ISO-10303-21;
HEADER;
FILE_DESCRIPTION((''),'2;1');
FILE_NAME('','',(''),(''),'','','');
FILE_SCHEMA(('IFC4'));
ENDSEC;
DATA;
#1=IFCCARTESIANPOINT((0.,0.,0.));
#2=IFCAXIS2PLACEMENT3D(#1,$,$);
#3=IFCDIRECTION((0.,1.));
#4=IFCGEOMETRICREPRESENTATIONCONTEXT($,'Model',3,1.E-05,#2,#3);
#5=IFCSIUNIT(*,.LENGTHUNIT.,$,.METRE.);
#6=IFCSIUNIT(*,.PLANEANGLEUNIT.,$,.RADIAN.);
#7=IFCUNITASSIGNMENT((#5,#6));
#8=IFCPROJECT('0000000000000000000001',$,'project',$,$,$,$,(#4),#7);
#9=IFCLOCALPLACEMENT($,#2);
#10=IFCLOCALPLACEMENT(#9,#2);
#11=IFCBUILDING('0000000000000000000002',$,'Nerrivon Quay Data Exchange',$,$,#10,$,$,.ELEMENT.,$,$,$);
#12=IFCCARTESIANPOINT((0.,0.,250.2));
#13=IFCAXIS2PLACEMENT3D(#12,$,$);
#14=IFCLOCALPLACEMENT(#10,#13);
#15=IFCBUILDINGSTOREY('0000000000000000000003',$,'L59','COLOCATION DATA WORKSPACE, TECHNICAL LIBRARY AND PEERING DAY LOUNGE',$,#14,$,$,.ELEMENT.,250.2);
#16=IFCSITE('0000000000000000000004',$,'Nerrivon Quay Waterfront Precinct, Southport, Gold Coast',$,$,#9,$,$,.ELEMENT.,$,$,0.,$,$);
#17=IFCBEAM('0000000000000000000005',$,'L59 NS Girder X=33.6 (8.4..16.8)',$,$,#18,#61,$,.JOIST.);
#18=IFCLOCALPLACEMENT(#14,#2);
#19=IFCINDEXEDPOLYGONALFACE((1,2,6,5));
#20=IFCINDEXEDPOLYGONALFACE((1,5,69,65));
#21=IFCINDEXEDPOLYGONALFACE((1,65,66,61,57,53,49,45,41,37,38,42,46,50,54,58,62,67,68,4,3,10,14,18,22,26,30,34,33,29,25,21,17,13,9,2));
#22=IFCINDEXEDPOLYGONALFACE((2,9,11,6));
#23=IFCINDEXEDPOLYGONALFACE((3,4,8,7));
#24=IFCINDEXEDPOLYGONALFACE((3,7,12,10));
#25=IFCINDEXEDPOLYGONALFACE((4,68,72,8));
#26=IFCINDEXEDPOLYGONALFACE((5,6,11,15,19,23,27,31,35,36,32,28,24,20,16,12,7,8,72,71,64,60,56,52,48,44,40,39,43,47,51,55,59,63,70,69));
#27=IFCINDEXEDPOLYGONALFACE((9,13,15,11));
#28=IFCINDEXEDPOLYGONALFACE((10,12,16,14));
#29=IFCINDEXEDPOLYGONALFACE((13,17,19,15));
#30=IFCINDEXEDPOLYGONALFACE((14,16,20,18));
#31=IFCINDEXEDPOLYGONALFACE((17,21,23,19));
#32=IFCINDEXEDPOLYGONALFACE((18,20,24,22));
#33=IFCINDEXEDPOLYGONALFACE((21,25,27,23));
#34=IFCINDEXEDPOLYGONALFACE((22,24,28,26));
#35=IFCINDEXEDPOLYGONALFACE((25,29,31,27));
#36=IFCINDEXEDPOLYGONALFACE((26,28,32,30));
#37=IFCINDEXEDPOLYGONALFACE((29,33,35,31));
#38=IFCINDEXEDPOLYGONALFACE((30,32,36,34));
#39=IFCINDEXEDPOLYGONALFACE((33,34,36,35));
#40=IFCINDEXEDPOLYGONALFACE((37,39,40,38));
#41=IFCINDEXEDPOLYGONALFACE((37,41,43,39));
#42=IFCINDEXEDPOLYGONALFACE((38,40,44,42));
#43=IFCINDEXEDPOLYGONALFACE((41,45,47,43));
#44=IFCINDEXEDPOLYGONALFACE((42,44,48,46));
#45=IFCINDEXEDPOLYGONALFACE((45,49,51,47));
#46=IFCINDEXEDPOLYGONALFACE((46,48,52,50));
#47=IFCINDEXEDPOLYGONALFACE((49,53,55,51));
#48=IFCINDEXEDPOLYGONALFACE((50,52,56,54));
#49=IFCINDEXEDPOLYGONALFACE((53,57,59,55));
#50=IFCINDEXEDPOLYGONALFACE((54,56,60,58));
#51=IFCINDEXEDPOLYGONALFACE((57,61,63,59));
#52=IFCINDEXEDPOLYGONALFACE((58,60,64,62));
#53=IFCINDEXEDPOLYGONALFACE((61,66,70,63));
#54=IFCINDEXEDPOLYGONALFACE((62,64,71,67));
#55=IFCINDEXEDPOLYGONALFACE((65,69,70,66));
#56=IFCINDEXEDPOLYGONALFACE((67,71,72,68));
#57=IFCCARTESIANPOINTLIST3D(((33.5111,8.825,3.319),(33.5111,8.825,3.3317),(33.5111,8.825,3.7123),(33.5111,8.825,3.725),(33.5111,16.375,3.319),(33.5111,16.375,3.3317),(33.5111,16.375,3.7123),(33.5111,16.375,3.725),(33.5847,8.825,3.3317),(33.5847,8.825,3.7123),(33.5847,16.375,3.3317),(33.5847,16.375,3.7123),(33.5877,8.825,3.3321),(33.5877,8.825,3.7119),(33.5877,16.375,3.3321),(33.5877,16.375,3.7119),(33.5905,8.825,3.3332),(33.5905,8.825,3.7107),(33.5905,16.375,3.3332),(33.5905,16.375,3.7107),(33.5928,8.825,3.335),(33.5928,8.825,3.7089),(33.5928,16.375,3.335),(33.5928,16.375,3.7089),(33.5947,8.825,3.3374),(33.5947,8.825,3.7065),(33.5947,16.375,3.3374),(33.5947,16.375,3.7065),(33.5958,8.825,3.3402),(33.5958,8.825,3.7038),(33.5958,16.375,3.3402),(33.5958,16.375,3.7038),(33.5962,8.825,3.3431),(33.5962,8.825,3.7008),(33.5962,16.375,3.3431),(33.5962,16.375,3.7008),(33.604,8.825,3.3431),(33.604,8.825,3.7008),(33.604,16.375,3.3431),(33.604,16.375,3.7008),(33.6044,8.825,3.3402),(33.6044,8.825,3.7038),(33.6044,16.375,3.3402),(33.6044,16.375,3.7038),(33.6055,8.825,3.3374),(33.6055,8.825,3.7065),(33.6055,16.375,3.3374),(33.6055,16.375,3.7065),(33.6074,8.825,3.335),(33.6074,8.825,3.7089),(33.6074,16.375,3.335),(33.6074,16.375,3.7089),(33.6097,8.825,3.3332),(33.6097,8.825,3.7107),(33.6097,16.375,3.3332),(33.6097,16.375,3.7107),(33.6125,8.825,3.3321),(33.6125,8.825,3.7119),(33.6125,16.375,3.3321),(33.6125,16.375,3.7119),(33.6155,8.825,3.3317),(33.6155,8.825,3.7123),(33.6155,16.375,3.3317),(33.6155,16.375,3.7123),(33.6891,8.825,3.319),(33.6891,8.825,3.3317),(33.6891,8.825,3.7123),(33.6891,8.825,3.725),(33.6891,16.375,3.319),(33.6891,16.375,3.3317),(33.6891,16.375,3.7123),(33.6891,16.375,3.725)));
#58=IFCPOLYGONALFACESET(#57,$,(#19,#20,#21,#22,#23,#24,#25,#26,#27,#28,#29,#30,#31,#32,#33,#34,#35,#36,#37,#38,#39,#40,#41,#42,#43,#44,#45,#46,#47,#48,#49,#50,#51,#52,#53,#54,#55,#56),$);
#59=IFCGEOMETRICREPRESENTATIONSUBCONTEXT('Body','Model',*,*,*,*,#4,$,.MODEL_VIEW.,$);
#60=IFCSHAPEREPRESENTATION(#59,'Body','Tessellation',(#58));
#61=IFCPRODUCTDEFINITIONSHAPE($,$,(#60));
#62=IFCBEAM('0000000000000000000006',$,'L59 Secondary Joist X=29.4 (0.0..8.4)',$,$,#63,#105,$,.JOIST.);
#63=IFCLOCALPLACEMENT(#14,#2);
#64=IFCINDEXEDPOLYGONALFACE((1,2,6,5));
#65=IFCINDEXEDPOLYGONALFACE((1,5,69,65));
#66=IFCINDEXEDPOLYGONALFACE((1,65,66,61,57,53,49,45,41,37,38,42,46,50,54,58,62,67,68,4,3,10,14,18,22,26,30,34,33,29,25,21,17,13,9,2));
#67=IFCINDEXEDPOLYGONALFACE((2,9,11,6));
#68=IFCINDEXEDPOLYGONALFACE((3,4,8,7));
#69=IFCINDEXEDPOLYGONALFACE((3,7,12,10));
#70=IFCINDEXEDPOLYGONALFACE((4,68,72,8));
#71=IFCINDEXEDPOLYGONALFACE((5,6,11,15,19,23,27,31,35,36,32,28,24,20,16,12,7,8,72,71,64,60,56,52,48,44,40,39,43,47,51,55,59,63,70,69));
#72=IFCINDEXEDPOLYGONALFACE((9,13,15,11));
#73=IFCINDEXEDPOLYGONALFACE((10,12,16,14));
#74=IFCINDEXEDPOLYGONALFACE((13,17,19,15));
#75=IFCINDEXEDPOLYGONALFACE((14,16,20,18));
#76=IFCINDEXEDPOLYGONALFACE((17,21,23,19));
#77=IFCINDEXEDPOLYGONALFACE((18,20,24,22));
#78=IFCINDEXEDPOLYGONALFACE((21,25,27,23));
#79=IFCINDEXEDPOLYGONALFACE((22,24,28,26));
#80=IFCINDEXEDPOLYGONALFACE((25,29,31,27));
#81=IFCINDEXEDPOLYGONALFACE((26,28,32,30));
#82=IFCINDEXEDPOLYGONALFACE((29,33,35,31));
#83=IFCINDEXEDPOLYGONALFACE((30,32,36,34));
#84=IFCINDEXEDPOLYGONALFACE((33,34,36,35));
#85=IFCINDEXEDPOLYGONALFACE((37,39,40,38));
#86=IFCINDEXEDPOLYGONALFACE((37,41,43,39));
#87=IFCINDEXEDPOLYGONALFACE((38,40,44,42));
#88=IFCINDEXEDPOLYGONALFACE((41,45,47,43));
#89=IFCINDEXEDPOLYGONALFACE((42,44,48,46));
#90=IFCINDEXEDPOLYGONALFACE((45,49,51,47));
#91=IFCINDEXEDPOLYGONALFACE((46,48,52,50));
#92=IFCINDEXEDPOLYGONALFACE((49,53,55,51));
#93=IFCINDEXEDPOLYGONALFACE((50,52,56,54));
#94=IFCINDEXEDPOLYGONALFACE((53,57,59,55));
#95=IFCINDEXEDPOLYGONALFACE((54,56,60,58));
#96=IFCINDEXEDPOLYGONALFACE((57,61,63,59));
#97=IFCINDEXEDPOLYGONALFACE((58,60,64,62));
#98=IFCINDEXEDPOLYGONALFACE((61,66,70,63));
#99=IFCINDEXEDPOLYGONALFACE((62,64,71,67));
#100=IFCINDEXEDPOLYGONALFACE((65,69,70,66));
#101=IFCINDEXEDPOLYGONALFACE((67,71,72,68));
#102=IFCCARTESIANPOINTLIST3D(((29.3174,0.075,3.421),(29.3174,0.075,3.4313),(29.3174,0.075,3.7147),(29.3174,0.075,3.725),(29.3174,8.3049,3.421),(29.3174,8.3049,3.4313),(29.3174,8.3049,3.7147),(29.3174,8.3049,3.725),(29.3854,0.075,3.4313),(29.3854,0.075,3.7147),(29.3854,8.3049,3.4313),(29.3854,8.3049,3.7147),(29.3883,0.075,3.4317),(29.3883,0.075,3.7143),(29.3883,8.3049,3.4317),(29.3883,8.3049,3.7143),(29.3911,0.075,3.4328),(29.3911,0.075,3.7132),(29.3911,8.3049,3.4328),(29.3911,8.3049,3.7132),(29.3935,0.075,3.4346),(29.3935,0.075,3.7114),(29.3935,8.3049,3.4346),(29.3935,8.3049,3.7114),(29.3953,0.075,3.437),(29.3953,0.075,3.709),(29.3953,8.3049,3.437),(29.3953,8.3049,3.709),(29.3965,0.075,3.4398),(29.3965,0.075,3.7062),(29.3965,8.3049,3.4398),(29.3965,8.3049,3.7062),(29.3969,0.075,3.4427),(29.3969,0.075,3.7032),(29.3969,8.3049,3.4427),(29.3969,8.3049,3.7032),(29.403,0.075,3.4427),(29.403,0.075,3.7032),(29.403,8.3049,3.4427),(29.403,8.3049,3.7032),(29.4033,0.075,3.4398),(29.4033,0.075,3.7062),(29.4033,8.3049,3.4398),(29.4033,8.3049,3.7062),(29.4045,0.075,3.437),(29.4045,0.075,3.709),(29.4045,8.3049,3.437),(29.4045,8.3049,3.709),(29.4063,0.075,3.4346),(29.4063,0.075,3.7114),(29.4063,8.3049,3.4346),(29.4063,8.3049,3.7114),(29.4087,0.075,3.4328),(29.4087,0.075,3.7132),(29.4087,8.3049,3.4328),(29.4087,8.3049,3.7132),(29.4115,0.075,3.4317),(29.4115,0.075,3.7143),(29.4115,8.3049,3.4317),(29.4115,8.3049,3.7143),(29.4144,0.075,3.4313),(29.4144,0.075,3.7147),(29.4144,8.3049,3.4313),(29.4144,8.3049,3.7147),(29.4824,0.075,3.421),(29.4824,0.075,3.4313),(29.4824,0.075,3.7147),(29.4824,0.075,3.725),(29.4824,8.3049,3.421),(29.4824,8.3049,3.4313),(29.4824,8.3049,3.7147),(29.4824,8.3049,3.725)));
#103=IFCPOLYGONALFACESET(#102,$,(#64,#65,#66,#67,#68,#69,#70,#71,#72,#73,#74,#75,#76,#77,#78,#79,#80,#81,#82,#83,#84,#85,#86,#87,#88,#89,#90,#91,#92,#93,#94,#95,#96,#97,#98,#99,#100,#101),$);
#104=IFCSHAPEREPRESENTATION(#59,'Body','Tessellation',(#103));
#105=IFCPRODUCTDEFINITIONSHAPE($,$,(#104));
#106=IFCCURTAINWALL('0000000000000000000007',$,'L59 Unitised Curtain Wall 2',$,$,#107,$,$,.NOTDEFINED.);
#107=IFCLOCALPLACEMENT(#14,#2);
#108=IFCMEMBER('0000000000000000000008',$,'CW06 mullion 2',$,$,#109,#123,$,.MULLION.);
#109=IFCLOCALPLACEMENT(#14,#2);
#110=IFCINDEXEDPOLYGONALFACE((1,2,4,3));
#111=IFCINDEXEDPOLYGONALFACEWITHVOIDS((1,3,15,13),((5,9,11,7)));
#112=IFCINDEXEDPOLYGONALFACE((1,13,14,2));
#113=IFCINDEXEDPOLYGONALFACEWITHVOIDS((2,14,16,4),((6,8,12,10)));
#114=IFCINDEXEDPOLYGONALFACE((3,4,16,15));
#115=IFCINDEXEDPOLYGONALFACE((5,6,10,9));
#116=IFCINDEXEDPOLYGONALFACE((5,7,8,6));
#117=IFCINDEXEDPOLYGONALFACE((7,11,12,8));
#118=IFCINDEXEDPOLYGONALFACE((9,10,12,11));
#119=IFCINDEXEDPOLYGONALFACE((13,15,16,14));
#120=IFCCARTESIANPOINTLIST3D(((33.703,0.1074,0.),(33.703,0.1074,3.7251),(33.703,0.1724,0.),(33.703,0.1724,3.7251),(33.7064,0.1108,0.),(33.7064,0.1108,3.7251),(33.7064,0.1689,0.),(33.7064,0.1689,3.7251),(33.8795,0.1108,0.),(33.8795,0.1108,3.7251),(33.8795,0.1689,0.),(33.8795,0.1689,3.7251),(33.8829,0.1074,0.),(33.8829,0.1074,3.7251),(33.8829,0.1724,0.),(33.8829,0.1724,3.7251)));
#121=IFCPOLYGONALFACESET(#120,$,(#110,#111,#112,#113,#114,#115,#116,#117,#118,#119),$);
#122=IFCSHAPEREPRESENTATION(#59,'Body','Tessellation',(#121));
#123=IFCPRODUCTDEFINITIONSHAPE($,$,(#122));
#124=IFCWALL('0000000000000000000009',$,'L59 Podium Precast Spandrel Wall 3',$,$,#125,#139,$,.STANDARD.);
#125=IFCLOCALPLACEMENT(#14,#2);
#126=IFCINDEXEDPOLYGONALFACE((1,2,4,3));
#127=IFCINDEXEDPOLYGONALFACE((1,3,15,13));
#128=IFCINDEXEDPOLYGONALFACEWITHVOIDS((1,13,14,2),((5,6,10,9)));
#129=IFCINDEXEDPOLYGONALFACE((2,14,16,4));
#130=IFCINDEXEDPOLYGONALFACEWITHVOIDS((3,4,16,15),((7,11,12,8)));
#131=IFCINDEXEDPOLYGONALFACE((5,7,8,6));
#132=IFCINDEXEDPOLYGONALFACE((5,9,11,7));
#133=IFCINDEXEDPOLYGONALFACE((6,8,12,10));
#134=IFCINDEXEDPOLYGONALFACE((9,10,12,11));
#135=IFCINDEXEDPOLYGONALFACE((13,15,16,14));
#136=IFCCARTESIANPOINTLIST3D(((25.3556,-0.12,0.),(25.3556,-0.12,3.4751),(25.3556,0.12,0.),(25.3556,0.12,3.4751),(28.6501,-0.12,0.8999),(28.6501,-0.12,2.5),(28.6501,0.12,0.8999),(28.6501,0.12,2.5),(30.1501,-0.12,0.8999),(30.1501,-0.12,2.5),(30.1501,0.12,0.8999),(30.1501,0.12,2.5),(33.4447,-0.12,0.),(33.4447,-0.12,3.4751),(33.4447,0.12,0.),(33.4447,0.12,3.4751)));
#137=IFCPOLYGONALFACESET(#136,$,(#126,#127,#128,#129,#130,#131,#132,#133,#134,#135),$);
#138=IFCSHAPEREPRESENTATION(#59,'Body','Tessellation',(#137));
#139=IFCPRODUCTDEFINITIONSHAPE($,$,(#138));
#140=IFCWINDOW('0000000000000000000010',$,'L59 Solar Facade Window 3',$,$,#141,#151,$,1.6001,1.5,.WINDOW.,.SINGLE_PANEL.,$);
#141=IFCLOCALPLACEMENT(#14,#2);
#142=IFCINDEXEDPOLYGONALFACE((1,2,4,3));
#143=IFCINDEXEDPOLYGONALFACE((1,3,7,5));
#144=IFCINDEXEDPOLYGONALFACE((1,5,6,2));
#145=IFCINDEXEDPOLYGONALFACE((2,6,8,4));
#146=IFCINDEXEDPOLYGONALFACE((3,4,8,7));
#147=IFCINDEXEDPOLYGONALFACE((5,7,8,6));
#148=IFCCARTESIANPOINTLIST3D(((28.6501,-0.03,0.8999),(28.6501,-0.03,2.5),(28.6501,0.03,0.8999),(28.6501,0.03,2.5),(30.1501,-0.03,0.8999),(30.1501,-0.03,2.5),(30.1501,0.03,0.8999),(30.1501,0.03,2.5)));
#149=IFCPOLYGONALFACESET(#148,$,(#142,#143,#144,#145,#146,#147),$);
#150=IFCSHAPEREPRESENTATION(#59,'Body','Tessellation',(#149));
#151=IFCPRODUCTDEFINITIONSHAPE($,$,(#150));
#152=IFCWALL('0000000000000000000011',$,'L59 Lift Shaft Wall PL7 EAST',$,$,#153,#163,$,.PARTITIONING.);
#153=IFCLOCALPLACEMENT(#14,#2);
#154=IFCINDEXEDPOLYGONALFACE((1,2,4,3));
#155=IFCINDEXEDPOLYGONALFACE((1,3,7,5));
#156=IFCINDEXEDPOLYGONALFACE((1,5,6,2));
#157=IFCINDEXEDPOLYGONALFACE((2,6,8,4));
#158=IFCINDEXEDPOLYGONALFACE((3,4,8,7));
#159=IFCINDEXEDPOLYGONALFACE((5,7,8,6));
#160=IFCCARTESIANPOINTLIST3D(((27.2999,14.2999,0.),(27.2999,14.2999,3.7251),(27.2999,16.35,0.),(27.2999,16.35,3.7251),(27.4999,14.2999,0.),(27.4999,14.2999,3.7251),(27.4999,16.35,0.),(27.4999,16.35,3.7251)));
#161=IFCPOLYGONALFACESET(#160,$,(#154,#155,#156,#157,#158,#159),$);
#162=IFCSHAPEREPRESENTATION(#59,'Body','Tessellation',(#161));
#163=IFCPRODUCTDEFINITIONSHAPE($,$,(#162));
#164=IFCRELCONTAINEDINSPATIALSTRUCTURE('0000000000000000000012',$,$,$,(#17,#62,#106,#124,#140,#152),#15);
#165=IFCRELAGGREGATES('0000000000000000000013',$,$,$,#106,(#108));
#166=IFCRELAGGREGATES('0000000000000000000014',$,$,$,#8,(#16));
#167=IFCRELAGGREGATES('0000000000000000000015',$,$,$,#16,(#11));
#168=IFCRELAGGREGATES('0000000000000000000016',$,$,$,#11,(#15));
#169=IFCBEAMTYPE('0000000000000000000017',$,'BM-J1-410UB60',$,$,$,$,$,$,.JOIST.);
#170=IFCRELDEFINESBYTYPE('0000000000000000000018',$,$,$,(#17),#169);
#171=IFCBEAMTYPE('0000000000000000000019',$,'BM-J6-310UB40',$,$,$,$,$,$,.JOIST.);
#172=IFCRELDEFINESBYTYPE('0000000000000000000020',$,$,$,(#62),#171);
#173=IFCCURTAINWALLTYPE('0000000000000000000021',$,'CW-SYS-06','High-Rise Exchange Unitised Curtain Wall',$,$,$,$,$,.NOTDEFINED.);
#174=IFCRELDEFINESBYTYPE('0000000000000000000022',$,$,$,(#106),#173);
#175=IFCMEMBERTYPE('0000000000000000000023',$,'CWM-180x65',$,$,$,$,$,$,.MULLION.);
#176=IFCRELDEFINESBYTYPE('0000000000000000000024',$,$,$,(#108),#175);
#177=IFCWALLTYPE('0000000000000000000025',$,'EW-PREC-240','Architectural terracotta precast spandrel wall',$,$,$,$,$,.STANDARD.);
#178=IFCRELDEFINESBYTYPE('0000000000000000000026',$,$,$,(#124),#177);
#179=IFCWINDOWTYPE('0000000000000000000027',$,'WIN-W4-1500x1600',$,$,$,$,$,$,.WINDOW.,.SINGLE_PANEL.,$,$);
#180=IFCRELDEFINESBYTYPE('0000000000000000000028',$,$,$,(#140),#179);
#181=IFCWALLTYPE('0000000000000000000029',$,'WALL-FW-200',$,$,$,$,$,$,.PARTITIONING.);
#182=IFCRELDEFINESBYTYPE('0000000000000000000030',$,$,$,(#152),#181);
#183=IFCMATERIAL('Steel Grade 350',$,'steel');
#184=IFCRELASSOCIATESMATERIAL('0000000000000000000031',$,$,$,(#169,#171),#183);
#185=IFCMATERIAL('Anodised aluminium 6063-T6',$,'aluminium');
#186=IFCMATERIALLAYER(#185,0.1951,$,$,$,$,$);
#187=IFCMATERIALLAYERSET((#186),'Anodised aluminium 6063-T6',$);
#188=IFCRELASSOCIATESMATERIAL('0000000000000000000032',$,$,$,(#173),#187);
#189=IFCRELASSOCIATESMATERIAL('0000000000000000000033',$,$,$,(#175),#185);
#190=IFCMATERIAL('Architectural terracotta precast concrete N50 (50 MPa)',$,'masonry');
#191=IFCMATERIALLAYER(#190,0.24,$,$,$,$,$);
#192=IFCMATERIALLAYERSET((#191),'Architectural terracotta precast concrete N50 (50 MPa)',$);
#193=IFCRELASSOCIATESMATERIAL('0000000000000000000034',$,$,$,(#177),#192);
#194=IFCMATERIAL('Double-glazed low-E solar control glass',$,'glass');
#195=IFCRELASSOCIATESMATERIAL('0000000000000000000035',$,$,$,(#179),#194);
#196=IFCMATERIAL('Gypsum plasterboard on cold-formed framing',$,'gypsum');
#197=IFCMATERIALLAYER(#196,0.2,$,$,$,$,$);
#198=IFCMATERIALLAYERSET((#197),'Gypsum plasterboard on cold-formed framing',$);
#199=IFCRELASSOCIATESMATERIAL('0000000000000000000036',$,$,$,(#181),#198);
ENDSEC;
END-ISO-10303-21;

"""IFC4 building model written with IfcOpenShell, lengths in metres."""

from ifc_helpers import new_model, si_unit, direction, frame, frame_2d, origin, origin_2d, place, context, subcontext, project, spatial, rectangle, hollow_rectangle, i_section, extrude, material, layer, layer_set, material_profile, profile_set, type_object, element, fill, aggregate, save


model = new_model("IFC4")

# Units and contexts
model_context = context("Model", 3, precision=1e-05, world=origin(), true_north=direction((0.0, 1.0)))
body_context = subcontext(model_context, "Body", "Model", "MODEL_VIEW")
ifc_project = project(units=[si_unit("LENGTHUNIT", "METRE"), si_unit("PLANEANGLEUNIT", "RADIAN")], contexts=[model_context])

# Site, building, storey
site_placement = place(None, origin())
site = spatial("IfcSite", under=ifc_project, at=site_placement, Name="Nerrivon Quay Waterfront Precinct, Southport, Gold Coast", CompositionType="ELEMENT", RefElevation=0.0)
building_placement = place(site_placement, origin())
building = spatial("IfcBuilding", under=site, at=building_placement, Name="Nerrivon Quay Data Exchange", CompositionType="ELEMENT")
storey_placement = place(building_placement, frame((0.0, 0.0, 250.2)))
storey = spatial("IfcBuildingStorey", under=building, at=storey_placement, Name="L59", Description="COLOCATION DATA WORKSPACE, TECHNICAL LIBRARY AND PEERING DAY LOUNGE", CompositionType="ELEMENT", Elevation=250.2)

# Shared definitions
ifc_material_1 = material(Name="Steel Grade 350", Category="steel")

# Beams
ifc_material_profile_1 = material_profile(ifc_material_1, i_section(OverallWidth=0.178, OverallDepth=0.406, WebThickness=0.0078, FlangeThickness=0.0127, FilletRadius=0.0115, at=origin_2d()), Name="410UB59.7")
ifc_profile_set_1 = profile_set([ifc_material_profile_1], Name="Steel Grade 350")
beam_type_1 = type_object("IfcBeamType", Name="BM-J1-410UB60", PredefinedType="JOIST", material=ifc_profile_set_1)
beam_1_placement = place(storey_placement, frame((33.6001, 8.825, 3.522), z_axis=(0.0, 1.0, 0.0), x_axis=(-1.0, 0.0, 0.0)))
element("IfcBeam", 1, at=beam_1_placement, inside=storey, type_object=beam_type_1, Name="L59 NS Girder X=33.6 (8.4..16.8)", PredefinedType="JOIST", context=body_context, shape_type="SweptSolid", body=[
    extrude(i_section(OverallWidth=0.178, OverallDepth=0.406, WebThickness=0.0078, FlangeThickness=0.0127, FilletRadius=0.0115, at=origin_2d()), origin(), (0.0, 0.0, 1.0), 7.55),
])
ifc_material_profile_2 = material_profile(ifc_material_1, i_section(OverallWidth=0.165, OverallDepth=0.304, WebThickness=0.0061, FlangeThickness=0.0103, FilletRadius=0.0115, at=origin_2d()), Name="310UB40.4")
ifc_profile_set_2 = profile_set([ifc_material_profile_2], Name="Steel Grade 350")
beam_type_2 = type_object("IfcBeamType", Name="BM-J6-310UB40", PredefinedType="JOIST", material=ifc_profile_set_2)
beam_2_placement = place(storey_placement, frame((29.3999, 0.075, 3.573), z_axis=(0.0, 1.0, 0.0), x_axis=(-1.0, 0.0, 0.0)))
element("IfcBeam", 2, at=beam_2_placement, inside=storey, type_object=beam_type_2, Name="L59 Secondary Joist X=29.4 (0.0..8.4)", PredefinedType="JOIST", context=body_context, shape_type="SweptSolid", body=[
    extrude(i_section(OverallWidth=0.165, OverallDepth=0.304, WebThickness=0.0061, FlangeThickness=0.0103, FilletRadius=0.0115, at=origin_2d()), origin(), (0.0, 0.0, 1.0), 8.23),
])

# Curtain wall, member
ifc_material_2 = material(Name="Anodised aluminium 6063-T6", Category="aluminium")
ifc_layer_1 = layer(ifc_material_2, 0.1951)
ifc_layer_set_1 = layer_set([ifc_layer_1], Name="Anodised aluminium 6063-T6")
curtain_wall_type = type_object("IfcCurtainWallType", Name="CW-SYS-06", Description="High-Rise Exchange Unitised Curtain Wall", PredefinedType="NOTDEFINED", material=ifc_layer_set_1)
curtain_wall_placement = place(storey_placement, origin())
curtain_wall = element("IfcCurtainWall", 3, at=curtain_wall_placement, inside=storey, type_object=curtain_wall_type, Name="L59 Unitised Curtain Wall 2", PredefinedType="NOTDEFINED")
ifc_material_profile_3 = material_profile(ifc_material_2, hollow_rectangle(XDim=0.0649, YDim=0.1799, WallThickness=0.0034, at=origin_2d()), Name="ALU-MULL-180x65")
ifc_profile_set_3 = profile_set([ifc_material_profile_3], Name="Anodised aluminium 6063-T6")
member_type = type_object("IfcMemberType", Name="CWM-180x65", PredefinedType="MULLION", material=ifc_profile_set_3)
member_placement = place(storey_placement, frame((33.793, 0.1399, 0.0), z_axis=(0.0, 0.0, 1.0), x_axis=(0.0, -1.0, 0.0)))
member = element("IfcMember", 4, at=member_placement, type_object=member_type, Name="CW06 mullion 2", PredefinedType="MULLION", context=body_context, shape_type="SweptSolid", body=[
    extrude(hollow_rectangle(XDim=0.0649, YDim=0.1799, WallThickness=0.0034, at=origin_2d()), origin(), (0.0, 0.0, 1.0), 3.7251),
])
aggregate(curtain_wall, [member])

# Wall, opening, window
ifc_material_3 = material(Name="Architectural terracotta precast concrete N50 (50 MPa)", Category="masonry")
ifc_layer_2 = layer(ifc_material_3, 0.24)
ifc_layer_set_2 = layer_set([ifc_layer_2], Name="Architectural terracotta precast concrete N50 (50 MPa)")
wall_type_1 = type_object("IfcWallType", Name="EW-PREC-240", Description="Architectural terracotta precast spandrel wall", PredefinedType="STANDARD", material=ifc_layer_set_2)
wall_1_placement = place(storey_placement, frame((33.4446, 0.0, 0.0), z_axis=(0.0, 0.0, 1.0), x_axis=(-1.0, 0.0, 0.0)))
wall_1 = element("IfcWall", 5, at=wall_1_placement, inside=storey, type_object=wall_type_1, Name="L59 Podium Precast Spandrel Wall 3", PredefinedType="STANDARD", context=body_context, shape_type="SweptSolid", body=[
    extrude(rectangle(XDim=8.0891, YDim=0.24, at=frame_2d((4.0444, 0.0))), origin(), (0.0, 0.0, 1.0), 3.4751),
])
opening_1_placement = place(wall_1_placement, frame((3.2944, 0.0, 0.8999)))
opening_1 = element("IfcOpeningElement", 6, at=opening_1_placement, cuts=wall_1, PredefinedType="OPENING", context=body_context, shape_type="SweptSolid", body=[
    extrude(rectangle(XDim=1.5, YDim=1.6001, at=frame_2d((0.75, 0.8))), frame((0.0, 0.1299, 0.0), z_axis=(0.0, -1.0, 0.0), x_axis=(1.0, 0.0, 0.0)), (0.0, 0.0, 1.0), 0.26),
])
ifc_material_4 = material(Name="Double-glazed low-E solar control glass", Category="glass")
window_type = type_object("IfcWindowType", Name="WIN-W4-1500x1600", PartitioningType="SINGLE_PANEL", PredefinedType="WINDOW", material=ifc_material_4)
window_placement = place(opening_1_placement, origin())
window = element("IfcWindow", 7, at=window_placement, inside=storey, type_object=window_type, Name="L59 Solar Facade Window 3", OverallHeight=1.6001, OverallWidth=1.5, PartitioningType="SINGLE_PANEL", PredefinedType="WINDOW", context=body_context, shape_type="SweptSolid", body=[
    extrude(rectangle(XDim=1.5, YDim=1.6001, at=frame_2d((0.75, 0.8))), frame((0.0, 0.03, 0.0), z_axis=(0.0, -1.0, 0.0), x_axis=(1.0, 0.0, 0.0)), (0.0, 0.0, 1.0), 0.0601),
])
fill(opening_1, window)

# Wall
ifc_material_5 = material(Name="Gypsum plasterboard on cold-formed framing", Category="gypsum")
ifc_layer_3 = layer(ifc_material_5, 0.2)
ifc_layer_set_3 = layer_set([ifc_layer_3], Name="Gypsum plasterboard on cold-formed framing")
wall_type_2 = type_object("IfcWallType", Name="WALL-FW-200", PredefinedType="PARTITIONING", material=ifc_layer_set_3)
wall_2_placement = place(storey_placement, frame((27.3999, 14.3, 0.0), z_axis=(0.0, 0.0, 1.0), x_axis=(0.0, 1.0, 0.0)))
element("IfcWall", 8, at=wall_2_placement, inside=storey, type_object=wall_type_2, Name="L59 Lift Shaft Wall PL7 EAST", PredefinedType="PARTITIONING", context=body_context, shape_type="SweptSolid", body=[
    extrude(rectangle(XDim=2.05, YDim=0.2, at=frame_2d((1.0249, 0.0))), origin(), (0.0, 0.0, 1.0), 3.7251),
])

save(model, "model.ifc")
